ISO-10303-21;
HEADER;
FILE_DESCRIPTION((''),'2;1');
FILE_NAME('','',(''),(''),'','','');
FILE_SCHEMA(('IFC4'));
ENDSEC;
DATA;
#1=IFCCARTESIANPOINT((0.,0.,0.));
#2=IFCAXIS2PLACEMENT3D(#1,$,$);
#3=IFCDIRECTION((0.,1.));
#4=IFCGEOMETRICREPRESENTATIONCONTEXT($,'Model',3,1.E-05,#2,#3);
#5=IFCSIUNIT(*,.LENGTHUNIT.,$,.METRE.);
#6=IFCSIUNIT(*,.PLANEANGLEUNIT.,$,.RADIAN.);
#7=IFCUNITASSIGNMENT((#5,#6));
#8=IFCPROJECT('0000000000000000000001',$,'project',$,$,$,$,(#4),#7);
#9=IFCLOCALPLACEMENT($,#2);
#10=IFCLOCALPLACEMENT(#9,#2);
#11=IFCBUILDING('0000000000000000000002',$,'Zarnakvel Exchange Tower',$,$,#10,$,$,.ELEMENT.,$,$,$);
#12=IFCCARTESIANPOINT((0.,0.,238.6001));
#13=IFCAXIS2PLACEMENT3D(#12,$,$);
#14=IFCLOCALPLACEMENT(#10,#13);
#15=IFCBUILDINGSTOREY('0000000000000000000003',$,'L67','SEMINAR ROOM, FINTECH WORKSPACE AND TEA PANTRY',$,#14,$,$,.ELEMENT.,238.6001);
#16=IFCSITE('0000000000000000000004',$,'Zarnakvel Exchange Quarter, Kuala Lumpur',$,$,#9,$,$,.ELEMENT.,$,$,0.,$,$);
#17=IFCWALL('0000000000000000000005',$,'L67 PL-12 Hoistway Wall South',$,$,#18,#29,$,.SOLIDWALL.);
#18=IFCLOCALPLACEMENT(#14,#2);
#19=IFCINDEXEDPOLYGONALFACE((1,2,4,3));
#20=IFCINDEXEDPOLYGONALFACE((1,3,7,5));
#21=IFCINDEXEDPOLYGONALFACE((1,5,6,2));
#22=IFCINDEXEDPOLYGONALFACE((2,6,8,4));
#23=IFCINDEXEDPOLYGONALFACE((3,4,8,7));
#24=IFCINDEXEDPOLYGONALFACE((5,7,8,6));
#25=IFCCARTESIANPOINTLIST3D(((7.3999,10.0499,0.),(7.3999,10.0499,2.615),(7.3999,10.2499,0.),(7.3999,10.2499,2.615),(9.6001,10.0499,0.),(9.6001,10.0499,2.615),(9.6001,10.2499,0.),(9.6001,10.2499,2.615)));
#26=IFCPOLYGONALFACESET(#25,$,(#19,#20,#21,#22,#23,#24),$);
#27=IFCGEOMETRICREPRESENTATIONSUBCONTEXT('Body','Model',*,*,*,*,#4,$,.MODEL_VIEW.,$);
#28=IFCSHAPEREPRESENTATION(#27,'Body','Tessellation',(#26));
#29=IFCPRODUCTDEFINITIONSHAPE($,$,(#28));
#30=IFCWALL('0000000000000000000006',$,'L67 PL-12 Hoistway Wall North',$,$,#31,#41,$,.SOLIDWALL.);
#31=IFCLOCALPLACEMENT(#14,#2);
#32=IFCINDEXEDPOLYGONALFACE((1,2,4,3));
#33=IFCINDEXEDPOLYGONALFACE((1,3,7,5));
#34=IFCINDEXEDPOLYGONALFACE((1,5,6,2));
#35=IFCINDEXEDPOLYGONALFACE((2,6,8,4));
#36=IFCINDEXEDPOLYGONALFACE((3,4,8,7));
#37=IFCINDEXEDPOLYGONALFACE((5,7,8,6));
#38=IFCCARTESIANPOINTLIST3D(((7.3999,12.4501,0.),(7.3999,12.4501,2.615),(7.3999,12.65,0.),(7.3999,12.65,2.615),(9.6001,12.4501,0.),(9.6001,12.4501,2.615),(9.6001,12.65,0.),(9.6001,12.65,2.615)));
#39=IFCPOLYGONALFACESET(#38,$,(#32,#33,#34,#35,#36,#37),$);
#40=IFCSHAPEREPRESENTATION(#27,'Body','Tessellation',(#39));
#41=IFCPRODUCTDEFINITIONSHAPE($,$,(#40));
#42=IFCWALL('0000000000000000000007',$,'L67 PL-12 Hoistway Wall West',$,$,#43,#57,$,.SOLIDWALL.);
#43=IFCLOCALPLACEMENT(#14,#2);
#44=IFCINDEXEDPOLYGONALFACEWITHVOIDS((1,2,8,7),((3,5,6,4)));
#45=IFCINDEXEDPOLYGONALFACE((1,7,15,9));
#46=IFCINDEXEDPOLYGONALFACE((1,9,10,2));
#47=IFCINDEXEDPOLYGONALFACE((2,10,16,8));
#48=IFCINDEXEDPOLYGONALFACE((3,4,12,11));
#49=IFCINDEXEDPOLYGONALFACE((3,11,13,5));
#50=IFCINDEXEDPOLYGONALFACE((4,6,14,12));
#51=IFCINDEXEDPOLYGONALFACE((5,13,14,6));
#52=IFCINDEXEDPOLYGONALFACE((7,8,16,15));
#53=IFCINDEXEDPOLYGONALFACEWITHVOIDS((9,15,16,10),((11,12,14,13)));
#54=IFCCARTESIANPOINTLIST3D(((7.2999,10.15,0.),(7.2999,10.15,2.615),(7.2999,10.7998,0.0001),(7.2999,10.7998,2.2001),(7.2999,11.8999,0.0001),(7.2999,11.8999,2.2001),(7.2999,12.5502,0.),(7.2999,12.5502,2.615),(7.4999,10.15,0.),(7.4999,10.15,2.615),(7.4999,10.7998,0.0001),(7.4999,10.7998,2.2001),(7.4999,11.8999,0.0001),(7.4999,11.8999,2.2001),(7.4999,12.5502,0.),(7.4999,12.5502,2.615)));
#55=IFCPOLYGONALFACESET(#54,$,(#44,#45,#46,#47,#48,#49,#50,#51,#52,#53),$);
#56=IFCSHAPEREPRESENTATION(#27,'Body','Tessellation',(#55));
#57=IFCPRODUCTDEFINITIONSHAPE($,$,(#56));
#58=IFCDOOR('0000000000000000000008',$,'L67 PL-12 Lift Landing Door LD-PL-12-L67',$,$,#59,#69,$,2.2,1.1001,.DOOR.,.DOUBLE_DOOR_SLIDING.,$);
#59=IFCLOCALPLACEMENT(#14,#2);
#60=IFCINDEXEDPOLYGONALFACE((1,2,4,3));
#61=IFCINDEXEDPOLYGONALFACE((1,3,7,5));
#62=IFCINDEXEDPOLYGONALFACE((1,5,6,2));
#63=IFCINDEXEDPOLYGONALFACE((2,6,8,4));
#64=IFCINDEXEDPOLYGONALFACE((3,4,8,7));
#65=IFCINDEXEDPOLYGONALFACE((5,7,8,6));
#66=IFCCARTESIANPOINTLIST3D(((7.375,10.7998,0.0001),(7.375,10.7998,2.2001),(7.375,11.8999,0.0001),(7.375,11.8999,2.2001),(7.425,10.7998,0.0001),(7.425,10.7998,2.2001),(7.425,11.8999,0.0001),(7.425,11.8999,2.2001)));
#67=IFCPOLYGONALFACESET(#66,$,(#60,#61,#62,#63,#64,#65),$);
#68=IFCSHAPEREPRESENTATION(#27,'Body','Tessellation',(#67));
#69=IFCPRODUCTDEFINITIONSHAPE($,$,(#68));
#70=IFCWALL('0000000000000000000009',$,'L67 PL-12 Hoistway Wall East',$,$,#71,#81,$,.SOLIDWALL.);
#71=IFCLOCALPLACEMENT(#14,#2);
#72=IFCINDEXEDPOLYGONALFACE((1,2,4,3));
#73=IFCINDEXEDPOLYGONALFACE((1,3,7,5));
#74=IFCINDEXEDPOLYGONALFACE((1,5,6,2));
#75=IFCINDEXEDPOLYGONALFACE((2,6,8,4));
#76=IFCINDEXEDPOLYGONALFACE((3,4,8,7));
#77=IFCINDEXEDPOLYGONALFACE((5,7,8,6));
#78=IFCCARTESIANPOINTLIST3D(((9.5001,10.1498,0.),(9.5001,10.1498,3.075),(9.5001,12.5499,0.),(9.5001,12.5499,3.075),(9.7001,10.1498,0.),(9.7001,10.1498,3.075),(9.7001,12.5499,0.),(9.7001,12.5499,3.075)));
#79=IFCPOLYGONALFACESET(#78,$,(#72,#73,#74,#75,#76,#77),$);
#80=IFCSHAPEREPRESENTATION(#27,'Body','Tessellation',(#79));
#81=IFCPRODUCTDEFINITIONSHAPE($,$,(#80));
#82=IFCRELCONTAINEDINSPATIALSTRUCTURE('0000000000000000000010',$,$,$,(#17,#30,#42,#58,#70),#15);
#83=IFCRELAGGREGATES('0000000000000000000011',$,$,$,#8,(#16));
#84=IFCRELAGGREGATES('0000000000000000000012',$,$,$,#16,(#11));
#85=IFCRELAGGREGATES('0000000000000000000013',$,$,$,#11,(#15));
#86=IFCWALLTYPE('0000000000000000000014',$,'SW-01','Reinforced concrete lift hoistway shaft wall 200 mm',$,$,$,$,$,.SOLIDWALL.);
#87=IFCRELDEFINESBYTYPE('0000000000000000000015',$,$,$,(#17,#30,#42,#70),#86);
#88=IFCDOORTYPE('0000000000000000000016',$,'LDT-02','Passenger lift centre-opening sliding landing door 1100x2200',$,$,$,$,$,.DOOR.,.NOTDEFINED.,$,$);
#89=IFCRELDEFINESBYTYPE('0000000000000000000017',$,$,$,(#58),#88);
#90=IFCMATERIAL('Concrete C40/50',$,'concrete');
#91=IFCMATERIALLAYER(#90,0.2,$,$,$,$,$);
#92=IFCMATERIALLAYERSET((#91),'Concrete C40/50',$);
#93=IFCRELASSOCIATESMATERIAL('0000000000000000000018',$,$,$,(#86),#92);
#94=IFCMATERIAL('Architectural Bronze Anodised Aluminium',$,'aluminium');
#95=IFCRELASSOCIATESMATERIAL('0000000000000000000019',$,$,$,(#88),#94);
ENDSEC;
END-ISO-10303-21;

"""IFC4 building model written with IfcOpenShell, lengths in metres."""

from ifc_helpers import new_model, si_unit, direction, frame, frame_2d, origin, place, context, subcontext, project, spatial, rectangle, extrude, source, transform, mapped, material, layer, layer_set, type_object, element, fill, save


model = new_model("IFC4")

# Units and contexts
model_context = context("Model", 3, precision=1e-05, world=origin(), true_north=direction((0.0, 1.0)))
body_context = subcontext(model_context, "Body", "Model", "MODEL_VIEW")
ifc_project = project(units=[si_unit("LENGTHUNIT", "METRE"), si_unit("PLANEANGLEUNIT", "RADIAN")], contexts=[model_context])

# Site, building, storey
site_placement = place(None, origin())
site = spatial("IfcSite", under=ifc_project, at=site_placement, Name="Zarnakvel Exchange Quarter, Kuala Lumpur", CompositionType="ELEMENT", RefElevation=0.0)
building_placement = place(site_placement, origin())
building = spatial("IfcBuilding", under=site, at=building_placement, Name="Zarnakvel Exchange Tower", CompositionType="ELEMENT")
storey_placement = place(building_placement, frame((0.0, 0.0, 238.6001)))
storey = spatial("IfcBuildingStorey", under=building, at=storey_placement, Name="L67", Description="SEMINAR ROOM, FINTECH WORKSPACE AND TEA PANTRY", CompositionType="ELEMENT", Elevation=238.6001)

# Shared definitions
ifc_material_1 = material(Name="Architectural Bronze Anodised Aluminium", Category="aluminium")

# Walls
ifc_material_2 = material(Name="Concrete C40/50", Category="concrete")
ifc_layer_1 = layer(ifc_material_2, 0.2)
ifc_layer_set_1 = layer_set([ifc_layer_1], Name="Concrete C40/50")
wall_type_1 = type_object("IfcWallType", Name="SW-01", Description="Reinforced concrete lift hoistway shaft wall 200 mm", PredefinedType="SOLIDWALL", material=ifc_layer_set_1)
for number, where, z_axis, x_axis, name in (
    (1, (9.6001, 10.1499, 0.0), (0.0, 0.0, 1.0), (-1.0, 0.0, 0.0), "L67 PL-12 Hoistway Wall South"),
    (2, (7.3999, 12.55, 0.0), (0.0, 0.0, 1.0), (1.0, 0.0, 0.0), "L67 PL-12 Hoistway Wall North"),
):
    element("IfcWall", number, at=place(storey_placement, frame(where, z_axis=z_axis, x_axis=x_axis)), inside=storey, type_object=wall_type_1, Name=name, PredefinedType="SOLIDWALL", context=body_context, shape_type="SweptSolid", body=[
        extrude(rectangle(XDim=2.2002, YDim=0.2, at=frame_2d((1.1001, 0.0))), origin(), (0.0, 0.0, 1.0), 2.615),
    ])

# Wall, opening, door
wall_1_placement = place(storey_placement, frame((7.3999, 10.1499, 0.0), z_axis=(0.0, 0.0, 1.0), x_axis=(0.0, 1.0, 0.0)))
wall_1 = element("IfcWall", 3, at=wall_1_placement, inside=storey, type_object=wall_type_1, Name="L67 PL-12 Hoistway Wall West", PredefinedType="SOLIDWALL", context=body_context, shape_type="SweptSolid", body=[
    extrude(rectangle(XDim=2.4001, YDim=0.2, at=frame_2d((1.2002, 0.0))), origin(), (0.0, 0.0, 1.0), 2.615),
])
opening_1_placement = place(wall_1_placement, frame((0.6499, 0.0, 0.0)))
opening_1 = element("IfcOpeningElement", 4, at=opening_1_placement, cuts=wall_1, PredefinedType="OPENING", context=body_context, shape_type="SweptSolid", body=[
    extrude(rectangle(XDim=1.1001, YDim=2.2, at=frame_2d((0.55, 1.1001))), frame((0.0, 0.1099, 0.0), z_axis=(0.0, -1.0, 0.0), x_axis=(1.0, 0.0, 0.0)), (0.0, 0.0, 1.0), 0.22),
])
door_type_1 = type_object("IfcDoorType", Name="LDT-02", Description="Passenger lift centre-opening sliding landing door 1100x2200", OperationType="NOTDEFINED", PredefinedType="DOOR", material=ifc_material_1)
shared_shape_1 = source(origin(), body_context, "Body", "SweptSolid", [
    extrude(rectangle(XDim=1.1001, YDim=2.2, at=frame_2d((0.55, 1.1001))), frame((0.0, 0.0249, 0.0), z_axis=(0.0, -1.0, 0.0), x_axis=(1.0, 0.0, 0.0)), (0.0, 0.0, 1.0), 0.05),
])
door_1_placement = place(opening_1_placement, origin())
door_1 = element("IfcDoor", 5, at=door_1_placement, inside=storey, type_object=door_type_1, Name="L67 PL-12 Lift Landing Door LD-PL-12-L67", OperationType="DOUBLE_DOOR_SLIDING", OverallHeight=2.2, OverallWidth=1.1001, PredefinedType="DOOR", context=body_context, shape_type="MappedRepresentation", body=[
    mapped(shared_shape_1, transform((0.0, 0.0, 0.0), x_axis=(1.0, 0.0, 0.0), y_axis=(0.0, 1.0, 0.0), z_axis=(0.0, 0.0, 1.0), scale=1.0)),
])
fill(opening_1, door_1)

# Wall
wall_2_placement = place(storey_placement, frame((9.6001, 12.55, 0.0), z_axis=(0.0, 0.0, 1.0), x_axis=(0.0, -1.0, 0.0)))
element("IfcWall", 6, at=wall_2_placement, inside=storey, type_object=wall_type_1, Name="L67 PL-12 Hoistway Wall East", PredefinedType="SOLIDWALL", context=body_context, shape_type="SweptSolid", body=[
    extrude(rectangle(XDim=2.4001, YDim=0.2, at=frame_2d((1.2002, 0.0))), origin(), (0.0, 0.0, 1.0), 3.075),
])

save(model, "model.ifc")
